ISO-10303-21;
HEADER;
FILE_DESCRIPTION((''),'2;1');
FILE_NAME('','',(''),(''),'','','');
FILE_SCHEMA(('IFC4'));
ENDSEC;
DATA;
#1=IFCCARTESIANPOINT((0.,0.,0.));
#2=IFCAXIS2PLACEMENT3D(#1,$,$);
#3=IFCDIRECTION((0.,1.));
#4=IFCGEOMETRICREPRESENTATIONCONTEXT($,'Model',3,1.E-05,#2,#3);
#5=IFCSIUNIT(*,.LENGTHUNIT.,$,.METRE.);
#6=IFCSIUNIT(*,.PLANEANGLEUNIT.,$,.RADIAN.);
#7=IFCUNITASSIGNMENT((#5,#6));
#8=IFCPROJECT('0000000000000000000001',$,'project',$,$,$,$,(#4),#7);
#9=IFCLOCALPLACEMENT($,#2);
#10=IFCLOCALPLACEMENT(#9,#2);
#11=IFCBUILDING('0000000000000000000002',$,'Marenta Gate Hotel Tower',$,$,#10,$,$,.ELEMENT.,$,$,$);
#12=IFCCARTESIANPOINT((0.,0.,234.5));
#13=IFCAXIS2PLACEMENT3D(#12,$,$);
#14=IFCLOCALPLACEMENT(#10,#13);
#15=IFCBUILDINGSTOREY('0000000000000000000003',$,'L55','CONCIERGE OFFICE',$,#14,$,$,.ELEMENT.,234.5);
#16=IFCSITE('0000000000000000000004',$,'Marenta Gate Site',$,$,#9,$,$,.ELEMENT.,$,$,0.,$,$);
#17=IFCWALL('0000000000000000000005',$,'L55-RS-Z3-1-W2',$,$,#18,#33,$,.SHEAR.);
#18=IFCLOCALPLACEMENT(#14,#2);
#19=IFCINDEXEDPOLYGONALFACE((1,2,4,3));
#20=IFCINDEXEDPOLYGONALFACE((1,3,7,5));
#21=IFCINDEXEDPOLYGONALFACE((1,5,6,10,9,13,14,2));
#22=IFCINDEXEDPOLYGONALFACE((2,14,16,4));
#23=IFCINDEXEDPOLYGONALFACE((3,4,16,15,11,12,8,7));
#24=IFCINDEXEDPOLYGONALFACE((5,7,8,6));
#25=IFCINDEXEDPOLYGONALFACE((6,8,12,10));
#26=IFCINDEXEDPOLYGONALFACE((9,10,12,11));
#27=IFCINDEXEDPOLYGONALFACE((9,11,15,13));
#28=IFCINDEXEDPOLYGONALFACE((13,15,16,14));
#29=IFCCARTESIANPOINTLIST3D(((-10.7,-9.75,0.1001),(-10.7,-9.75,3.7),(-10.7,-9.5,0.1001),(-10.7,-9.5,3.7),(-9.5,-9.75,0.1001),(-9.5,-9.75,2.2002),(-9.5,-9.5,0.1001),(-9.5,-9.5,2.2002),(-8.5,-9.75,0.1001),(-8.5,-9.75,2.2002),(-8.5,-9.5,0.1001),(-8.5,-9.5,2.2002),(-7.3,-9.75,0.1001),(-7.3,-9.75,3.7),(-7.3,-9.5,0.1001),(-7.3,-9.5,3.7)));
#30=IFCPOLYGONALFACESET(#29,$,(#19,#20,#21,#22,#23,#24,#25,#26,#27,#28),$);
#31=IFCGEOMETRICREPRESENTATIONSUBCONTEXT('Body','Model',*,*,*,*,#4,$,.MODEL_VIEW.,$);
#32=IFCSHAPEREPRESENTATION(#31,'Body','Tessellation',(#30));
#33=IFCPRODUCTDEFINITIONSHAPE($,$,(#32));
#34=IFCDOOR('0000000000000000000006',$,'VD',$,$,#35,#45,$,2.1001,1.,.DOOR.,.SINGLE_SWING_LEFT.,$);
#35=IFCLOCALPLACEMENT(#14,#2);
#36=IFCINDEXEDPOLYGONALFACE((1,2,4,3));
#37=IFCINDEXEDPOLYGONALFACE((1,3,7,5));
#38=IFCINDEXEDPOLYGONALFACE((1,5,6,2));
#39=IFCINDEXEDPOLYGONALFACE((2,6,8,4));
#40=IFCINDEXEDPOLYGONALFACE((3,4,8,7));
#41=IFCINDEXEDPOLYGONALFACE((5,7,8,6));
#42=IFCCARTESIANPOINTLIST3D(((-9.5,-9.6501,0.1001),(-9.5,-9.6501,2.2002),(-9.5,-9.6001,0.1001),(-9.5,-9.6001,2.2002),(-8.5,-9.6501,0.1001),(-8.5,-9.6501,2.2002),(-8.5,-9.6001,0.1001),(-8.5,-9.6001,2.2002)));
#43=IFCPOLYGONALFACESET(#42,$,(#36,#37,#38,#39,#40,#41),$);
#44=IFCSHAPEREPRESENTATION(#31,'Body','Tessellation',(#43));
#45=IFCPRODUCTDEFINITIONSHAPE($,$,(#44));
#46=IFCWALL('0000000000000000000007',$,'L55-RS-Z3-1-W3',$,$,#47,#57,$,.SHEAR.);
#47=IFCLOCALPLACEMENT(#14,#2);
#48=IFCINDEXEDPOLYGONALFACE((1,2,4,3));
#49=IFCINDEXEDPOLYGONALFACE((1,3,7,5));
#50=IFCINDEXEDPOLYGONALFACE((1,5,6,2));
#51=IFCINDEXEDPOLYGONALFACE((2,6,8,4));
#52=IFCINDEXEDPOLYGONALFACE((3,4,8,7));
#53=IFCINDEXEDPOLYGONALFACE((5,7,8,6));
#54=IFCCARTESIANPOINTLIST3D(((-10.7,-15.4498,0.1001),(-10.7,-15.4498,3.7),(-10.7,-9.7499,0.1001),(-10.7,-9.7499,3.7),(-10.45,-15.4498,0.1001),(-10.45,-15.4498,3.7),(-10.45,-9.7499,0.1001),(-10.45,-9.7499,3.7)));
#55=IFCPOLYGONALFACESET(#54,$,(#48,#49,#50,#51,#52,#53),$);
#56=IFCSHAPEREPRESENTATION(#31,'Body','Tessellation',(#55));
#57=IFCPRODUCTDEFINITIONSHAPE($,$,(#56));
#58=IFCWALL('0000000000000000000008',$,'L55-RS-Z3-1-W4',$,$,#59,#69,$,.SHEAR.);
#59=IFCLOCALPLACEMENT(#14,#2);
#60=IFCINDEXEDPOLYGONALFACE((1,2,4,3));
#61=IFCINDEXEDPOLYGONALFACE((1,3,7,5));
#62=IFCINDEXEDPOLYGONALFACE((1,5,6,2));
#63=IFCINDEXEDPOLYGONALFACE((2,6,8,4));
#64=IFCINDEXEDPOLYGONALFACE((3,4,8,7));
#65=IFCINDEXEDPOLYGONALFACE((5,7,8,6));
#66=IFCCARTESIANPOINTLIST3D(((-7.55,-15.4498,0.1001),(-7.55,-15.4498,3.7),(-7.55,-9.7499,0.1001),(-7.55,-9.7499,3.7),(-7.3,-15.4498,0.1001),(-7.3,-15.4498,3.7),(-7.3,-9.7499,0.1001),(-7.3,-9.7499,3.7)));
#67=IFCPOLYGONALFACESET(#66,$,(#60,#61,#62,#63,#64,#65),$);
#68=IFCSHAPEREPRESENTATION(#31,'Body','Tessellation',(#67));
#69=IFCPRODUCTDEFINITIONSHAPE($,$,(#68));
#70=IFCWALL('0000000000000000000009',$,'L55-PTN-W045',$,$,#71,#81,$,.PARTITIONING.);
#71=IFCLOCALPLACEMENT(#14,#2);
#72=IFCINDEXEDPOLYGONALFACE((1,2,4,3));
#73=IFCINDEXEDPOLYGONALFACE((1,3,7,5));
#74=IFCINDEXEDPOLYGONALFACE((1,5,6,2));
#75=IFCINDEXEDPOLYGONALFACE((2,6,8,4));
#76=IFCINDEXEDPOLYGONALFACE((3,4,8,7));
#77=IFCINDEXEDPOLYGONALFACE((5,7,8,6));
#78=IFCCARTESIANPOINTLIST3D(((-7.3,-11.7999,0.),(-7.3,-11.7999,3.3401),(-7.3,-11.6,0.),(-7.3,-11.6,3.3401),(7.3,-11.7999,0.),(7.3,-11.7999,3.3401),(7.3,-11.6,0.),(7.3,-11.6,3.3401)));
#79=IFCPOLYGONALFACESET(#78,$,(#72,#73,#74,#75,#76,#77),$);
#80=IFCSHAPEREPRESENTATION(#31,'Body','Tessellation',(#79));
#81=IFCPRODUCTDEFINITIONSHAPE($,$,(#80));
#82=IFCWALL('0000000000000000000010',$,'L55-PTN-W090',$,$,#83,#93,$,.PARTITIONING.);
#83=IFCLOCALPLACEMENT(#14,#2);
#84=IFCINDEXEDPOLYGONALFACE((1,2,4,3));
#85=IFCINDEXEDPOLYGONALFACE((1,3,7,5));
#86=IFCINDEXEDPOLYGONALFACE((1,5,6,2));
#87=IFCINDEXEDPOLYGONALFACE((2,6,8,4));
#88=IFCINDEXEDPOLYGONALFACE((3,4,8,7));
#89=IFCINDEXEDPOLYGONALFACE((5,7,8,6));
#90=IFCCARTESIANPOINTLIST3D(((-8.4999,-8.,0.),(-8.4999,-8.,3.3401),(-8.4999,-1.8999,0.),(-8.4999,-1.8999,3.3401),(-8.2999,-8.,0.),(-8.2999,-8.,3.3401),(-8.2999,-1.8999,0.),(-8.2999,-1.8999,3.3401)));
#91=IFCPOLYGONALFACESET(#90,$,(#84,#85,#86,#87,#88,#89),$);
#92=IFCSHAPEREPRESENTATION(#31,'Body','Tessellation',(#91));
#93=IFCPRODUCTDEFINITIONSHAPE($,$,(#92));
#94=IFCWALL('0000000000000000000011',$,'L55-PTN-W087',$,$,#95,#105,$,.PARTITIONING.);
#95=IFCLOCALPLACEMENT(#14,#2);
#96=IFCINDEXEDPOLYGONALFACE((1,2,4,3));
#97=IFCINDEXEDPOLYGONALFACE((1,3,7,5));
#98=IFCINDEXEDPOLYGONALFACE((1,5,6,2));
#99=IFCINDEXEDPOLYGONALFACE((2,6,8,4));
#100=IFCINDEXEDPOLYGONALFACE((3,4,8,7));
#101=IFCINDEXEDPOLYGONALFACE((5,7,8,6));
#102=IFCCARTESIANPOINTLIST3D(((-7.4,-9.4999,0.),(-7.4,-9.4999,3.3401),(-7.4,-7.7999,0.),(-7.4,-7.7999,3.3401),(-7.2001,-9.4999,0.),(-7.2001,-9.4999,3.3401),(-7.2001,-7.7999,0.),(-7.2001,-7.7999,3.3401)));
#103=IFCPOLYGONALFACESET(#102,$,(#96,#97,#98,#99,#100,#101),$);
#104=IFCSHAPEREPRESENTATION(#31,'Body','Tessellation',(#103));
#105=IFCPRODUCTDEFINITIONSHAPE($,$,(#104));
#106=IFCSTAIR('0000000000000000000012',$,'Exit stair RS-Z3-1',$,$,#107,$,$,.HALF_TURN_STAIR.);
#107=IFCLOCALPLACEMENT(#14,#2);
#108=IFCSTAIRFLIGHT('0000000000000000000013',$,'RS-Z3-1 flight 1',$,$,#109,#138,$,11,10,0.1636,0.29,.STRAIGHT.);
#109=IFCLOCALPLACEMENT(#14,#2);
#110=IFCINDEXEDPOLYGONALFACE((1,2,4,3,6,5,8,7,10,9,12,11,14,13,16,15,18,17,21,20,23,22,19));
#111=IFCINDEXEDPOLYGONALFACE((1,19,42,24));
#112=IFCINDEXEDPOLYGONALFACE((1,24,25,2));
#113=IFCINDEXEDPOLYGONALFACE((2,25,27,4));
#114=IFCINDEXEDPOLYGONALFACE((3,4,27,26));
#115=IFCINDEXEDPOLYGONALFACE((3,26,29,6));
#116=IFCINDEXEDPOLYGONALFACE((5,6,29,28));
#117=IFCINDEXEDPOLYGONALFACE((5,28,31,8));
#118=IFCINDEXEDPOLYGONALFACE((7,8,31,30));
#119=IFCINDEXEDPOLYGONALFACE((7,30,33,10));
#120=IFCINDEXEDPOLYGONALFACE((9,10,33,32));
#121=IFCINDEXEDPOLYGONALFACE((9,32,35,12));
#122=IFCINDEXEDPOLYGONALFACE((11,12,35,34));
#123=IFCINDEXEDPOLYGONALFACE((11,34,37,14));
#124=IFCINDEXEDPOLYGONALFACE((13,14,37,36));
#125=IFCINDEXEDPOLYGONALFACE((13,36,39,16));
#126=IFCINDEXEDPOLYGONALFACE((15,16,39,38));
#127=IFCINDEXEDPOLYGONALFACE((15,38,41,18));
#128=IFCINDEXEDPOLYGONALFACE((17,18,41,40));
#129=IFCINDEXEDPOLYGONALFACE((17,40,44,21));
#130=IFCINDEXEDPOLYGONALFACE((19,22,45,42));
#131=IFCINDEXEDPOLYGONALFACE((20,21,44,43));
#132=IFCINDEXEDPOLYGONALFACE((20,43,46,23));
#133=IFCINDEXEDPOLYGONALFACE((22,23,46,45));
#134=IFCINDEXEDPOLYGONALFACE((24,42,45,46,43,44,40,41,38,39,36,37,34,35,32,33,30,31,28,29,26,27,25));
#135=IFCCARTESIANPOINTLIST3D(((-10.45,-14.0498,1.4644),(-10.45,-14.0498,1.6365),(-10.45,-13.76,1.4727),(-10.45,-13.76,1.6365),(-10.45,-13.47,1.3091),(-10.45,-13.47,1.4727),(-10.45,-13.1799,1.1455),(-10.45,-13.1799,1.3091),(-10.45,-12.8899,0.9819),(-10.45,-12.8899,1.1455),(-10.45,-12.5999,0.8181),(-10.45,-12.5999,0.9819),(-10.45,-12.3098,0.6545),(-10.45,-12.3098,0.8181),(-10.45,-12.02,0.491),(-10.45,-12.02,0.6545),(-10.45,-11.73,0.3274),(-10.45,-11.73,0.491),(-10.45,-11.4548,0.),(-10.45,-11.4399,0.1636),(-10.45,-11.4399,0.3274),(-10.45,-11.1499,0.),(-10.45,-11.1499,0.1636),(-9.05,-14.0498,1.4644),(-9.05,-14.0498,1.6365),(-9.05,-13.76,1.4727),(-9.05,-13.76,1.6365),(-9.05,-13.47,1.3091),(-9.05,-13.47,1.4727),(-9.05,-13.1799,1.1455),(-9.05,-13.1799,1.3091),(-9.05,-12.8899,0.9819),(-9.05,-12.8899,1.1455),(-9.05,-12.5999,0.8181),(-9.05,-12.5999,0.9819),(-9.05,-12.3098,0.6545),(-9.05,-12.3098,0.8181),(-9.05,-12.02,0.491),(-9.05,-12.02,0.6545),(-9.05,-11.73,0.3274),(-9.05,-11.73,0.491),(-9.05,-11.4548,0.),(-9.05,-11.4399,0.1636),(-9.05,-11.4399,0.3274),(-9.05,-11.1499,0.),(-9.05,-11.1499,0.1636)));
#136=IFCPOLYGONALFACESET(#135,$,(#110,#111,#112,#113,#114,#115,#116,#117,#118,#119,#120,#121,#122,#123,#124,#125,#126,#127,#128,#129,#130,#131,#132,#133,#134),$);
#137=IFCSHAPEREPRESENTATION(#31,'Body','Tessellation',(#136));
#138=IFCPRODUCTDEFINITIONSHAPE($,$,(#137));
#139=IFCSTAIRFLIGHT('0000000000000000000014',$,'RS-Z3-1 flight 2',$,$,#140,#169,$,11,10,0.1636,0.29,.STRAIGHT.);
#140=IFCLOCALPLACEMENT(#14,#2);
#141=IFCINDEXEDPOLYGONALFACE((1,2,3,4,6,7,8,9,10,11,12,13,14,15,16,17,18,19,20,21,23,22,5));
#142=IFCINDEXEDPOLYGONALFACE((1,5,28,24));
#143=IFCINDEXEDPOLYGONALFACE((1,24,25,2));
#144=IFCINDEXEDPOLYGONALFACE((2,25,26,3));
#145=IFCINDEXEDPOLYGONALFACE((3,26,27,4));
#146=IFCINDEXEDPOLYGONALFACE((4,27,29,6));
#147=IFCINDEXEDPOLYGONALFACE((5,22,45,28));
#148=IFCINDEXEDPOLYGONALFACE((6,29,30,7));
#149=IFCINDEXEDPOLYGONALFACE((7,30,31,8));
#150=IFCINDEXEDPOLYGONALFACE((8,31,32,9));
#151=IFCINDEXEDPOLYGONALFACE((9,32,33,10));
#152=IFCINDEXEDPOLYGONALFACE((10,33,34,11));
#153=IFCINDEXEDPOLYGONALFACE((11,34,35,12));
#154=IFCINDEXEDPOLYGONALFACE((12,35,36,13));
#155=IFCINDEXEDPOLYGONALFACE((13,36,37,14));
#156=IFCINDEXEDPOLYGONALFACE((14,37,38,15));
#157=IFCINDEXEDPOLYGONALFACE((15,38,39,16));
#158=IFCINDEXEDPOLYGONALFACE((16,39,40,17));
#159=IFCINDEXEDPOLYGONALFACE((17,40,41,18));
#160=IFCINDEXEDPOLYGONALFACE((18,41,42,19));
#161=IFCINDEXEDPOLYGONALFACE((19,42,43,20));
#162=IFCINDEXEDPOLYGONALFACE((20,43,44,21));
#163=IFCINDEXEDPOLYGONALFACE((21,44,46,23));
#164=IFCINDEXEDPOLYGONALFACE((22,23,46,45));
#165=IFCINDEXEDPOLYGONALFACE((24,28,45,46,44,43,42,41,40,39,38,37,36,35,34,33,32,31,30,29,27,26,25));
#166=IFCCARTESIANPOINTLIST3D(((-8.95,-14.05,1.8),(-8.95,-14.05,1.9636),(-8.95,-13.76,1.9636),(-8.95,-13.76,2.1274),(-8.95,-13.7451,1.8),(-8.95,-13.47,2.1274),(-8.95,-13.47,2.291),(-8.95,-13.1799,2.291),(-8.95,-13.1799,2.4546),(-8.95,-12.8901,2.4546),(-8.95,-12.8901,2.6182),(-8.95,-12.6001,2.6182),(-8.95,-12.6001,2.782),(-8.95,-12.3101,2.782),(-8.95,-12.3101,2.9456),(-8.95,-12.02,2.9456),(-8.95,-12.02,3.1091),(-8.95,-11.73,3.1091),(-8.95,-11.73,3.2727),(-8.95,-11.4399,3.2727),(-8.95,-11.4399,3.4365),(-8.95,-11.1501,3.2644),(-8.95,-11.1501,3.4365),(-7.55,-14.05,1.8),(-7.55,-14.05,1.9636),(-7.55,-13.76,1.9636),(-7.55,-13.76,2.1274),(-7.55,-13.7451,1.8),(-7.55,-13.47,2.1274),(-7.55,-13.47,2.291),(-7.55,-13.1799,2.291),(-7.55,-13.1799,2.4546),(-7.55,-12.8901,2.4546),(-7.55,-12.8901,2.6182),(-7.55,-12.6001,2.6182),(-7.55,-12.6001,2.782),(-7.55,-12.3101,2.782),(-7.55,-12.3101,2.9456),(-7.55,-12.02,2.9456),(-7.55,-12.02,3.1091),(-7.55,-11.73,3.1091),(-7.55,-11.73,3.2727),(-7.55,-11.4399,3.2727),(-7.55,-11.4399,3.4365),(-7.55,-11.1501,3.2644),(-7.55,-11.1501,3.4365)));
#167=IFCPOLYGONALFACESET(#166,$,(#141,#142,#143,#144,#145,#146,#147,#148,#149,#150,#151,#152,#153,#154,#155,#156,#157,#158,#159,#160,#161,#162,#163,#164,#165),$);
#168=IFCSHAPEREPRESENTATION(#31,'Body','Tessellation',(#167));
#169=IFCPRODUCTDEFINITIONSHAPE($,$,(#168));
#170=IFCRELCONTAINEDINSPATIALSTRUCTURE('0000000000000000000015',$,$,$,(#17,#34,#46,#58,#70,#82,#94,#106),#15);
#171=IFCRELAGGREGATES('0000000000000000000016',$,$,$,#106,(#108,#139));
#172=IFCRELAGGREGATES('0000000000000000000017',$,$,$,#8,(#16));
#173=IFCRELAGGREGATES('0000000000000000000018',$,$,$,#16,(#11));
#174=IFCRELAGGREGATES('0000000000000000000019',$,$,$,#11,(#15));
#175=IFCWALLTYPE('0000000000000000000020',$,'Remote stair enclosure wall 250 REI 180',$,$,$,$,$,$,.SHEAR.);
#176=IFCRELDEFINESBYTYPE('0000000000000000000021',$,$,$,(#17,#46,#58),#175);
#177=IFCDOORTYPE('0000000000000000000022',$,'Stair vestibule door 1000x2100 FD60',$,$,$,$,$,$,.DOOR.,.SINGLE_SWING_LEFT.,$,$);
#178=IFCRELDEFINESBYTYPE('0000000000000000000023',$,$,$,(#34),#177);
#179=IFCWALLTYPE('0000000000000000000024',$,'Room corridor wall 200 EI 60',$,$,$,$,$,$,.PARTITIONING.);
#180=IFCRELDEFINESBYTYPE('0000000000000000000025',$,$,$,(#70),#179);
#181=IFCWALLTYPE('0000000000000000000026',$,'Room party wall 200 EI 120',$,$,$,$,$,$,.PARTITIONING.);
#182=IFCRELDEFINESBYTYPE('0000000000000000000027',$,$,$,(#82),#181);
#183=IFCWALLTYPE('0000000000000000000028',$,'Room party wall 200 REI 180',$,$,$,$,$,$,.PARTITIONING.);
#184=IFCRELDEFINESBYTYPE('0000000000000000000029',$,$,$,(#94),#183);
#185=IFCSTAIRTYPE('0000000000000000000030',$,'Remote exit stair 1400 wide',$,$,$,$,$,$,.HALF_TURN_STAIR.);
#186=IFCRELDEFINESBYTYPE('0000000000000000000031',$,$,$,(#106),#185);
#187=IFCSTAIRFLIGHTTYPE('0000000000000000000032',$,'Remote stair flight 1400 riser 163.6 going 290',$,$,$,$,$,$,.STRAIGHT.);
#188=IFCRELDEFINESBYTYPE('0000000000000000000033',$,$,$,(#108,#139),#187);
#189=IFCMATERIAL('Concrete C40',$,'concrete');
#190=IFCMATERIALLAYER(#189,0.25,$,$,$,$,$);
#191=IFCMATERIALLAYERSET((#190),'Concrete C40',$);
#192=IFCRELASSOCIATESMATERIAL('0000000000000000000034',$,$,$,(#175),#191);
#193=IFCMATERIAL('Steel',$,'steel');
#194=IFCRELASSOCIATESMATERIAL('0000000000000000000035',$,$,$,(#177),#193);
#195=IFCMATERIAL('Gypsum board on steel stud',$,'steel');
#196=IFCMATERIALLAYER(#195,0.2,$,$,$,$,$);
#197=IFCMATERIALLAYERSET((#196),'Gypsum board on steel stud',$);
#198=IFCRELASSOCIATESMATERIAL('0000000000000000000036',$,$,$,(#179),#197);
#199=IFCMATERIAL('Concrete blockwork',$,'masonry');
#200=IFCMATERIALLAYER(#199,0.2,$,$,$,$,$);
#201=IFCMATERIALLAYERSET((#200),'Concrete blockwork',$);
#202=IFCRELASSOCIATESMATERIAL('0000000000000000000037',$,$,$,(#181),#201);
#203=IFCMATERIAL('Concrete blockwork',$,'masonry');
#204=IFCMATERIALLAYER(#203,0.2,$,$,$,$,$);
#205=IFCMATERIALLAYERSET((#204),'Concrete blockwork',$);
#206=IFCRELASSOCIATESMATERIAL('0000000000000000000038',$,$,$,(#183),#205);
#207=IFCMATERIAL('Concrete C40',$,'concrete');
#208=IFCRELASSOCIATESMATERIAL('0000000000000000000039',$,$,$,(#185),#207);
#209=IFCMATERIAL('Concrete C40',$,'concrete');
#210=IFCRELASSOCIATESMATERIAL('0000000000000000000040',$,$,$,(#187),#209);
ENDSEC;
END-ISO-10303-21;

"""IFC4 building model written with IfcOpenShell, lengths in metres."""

from ifc_helpers import new_model, si_unit, direction, frame, frame_2d, origin, place, context, subcontext, project, spatial, polyline, rectangle, outline, extrude, material, layer, layer_set, type_object, element, fill, aggregate, save


model = new_model("IFC4")

# Units and contexts
model_context = context("Model", 3, precision=1e-05, world=origin(), true_north=direction((0.0, 1.0)))
body_context = subcontext(model_context, "Body", "Model", "MODEL_VIEW")
ifc_project = project(units=[si_unit("LENGTHUNIT", "METRE"), si_unit("PLANEANGLEUNIT", "RADIAN")], contexts=[model_context])

# Site, building, storey
site_placement = place(None, origin())
site = spatial("IfcSite", under=ifc_project, at=site_placement, Name="Marenta Gate Site", CompositionType="ELEMENT", RefElevation=0.0)
building_placement = place(site_placement, origin())
building = spatial("IfcBuilding", under=site, at=building_placement, Name="Marenta Gate Hotel Tower", CompositionType="ELEMENT")
storey_placement = place(building_placement, frame((0.0, 0.0, 234.5)))
storey = spatial("IfcBuildingStorey", under=building, at=storey_placement, Name="L55", Description="CONCIERGE OFFICE", CompositionType="ELEMENT", Elevation=234.5)

# Shared definitions
ifc_material_1 = material(Name="Concrete C40", Category="concrete")
ifc_layer_1 = layer(ifc_material_1, 0.25)
ifc_layer_set_1 = layer_set([ifc_layer_1], Name="Concrete C40")
wall_type_1 = type_object("IfcWallType", Name="Remote stair enclosure wall 250 REI 180", PredefinedType="SHEAR", material=ifc_layer_set_1)

# Wall, opening, door
wall_1_placement = place(storey_placement, frame((-10.7, -9.625, 0.1001), z_axis=(0.0, 0.0, 1.0), x_axis=(1.0, 0.0, 0.0)))
wall_1 = element("IfcWall", 1, at=wall_1_placement, inside=storey, type_object=wall_type_1, Name="L55-RS-Z3-1-W2", PredefinedType="SHEAR", context=body_context, shape_type="SweptSolid", body=[
    extrude(rectangle(XDim=3.3999, YDim=0.25, at=frame_2d((1.7, 0.0))), origin(), (0.0, 0.0, 1.0), 3.5999),
])
opening_1_placement = place(wall_1_placement, frame((1.2, 0.0, 0.0)))
opening_1 = element("IfcOpeningElement", 2, at=opening_1_placement, cuts=wall_1, PredefinedType="OPENING", context=body_context, shape_type="SweptSolid", body=[
    extrude(rectangle(XDim=1.0, YDim=2.1001, at=frame_2d((0.5, 1.05))), frame((0.0, 0.125, 0.0), z_axis=(0.0, -1.0, 0.0), x_axis=(1.0, 0.0, 0.0)), (0.0, 0.0, 1.0), 0.25),
])
ifc_material_2 = material(Name="Steel", Category="steel")
door_type_1 = type_object("IfcDoorType", Name="Stair vestibule door 1000x2100 FD60", OperationType="SINGLE_SWING_LEFT", PredefinedType="DOOR", material=ifc_material_2)
door_1_placement = place(opening_1_placement, origin())
door_1 = element("IfcDoor", 3, at=door_1_placement, inside=storey, type_object=door_type_1, Name="VD", OperationType="SINGLE_SWING_LEFT", OverallHeight=2.1001, OverallWidth=1.0, PredefinedType="DOOR", context=body_context, shape_type="SweptSolid", body=[
    extrude(rectangle(XDim=1.0, YDim=2.1001, at=frame_2d((0.5, 1.05))), frame((0.0, 0.0249, 0.0), z_axis=(0.0, -1.0, 0.0), x_axis=(1.0, 0.0, 0.0)), (0.0, 0.0, 1.0), 0.05),
])
fill(opening_1, door_1)

# Walls
for number, where, z_axis, x_axis, name in (
    (4, (-10.575, -15.45, 0.1001), (0.0, 0.0, 1.0), (0.0, 1.0, 0.0), "L55-RS-Z3-1-W3"),
    (5, (-7.425, -15.45, 0.1001), (0.0, 0.0, 1.0), (0.0, 1.0, 0.0), "L55-RS-Z3-1-W4"),
):
    element("IfcWall", number, at=place(storey_placement, frame(where, z_axis=z_axis, x_axis=x_axis)), inside=storey, type_object=wall_type_1, Name=name, PredefinedType="SHEAR", context=body_context, shape_type="SweptSolid", body=[
        extrude(rectangle(XDim=5.7, YDim=0.25, at=frame_2d((2.8501, 0.0))), origin(), (0.0, 0.0, 1.0), 3.5999),
    ])

# Shared definitions
ifc_material_3 = material(Name="Gypsum board on steel stud", Category="steel")
ifc_layer_2 = layer(ifc_material_3, 0.2)
ifc_layer_set_2 = layer_set([ifc_layer_2], Name="Gypsum board on steel stud")
wall_type_2 = type_object("IfcWallType", Name="Room corridor wall 200 EI 60", PredefinedType="PARTITIONING", material=ifc_layer_set_2)

# Wall
wall_2_placement = place(storey_placement, frame((-7.3, -11.7, 0.0), z_axis=(0.0, 0.0, 1.0), x_axis=(1.0, 0.0, 0.0)))
element("IfcWall", 6, at=wall_2_placement, inside=storey, type_object=wall_type_2, Name="L55-PTN-W045", PredefinedType="PARTITIONING", context=body_context, shape_type="SweptSolid", body=[
    extrude(rectangle(XDim=14.6001, YDim=0.2, at=frame_2d((7.3, 0.0))), origin(), (0.0, 0.0, 1.0), 3.3401),
])

# Walls
ifc_material_4 = material(Name="Concrete blockwork", Category="masonry")
ifc_layer_3 = layer(ifc_material_4, 0.2)
ifc_layer_set_3 = layer_set([ifc_layer_3], Name="Concrete blockwork")
wall_type_3 = type_object("IfcWallType", Name="Room party wall 200 EI 120", PredefinedType="PARTITIONING", material=ifc_layer_set_3)
wall_3_placement = place(storey_placement, frame((-8.3999, -8.0, 0.0), z_axis=(0.0, 0.0, 1.0), x_axis=(0.0, 1.0, 0.0)))
element("IfcWall", 7, at=wall_3_placement, inside=storey, type_object=wall_type_3, Name="L55-PTN-W090", PredefinedType="PARTITIONING", context=body_context, shape_type="SweptSolid", body=[
    extrude(rectangle(XDim=6.1001, YDim=0.2, at=frame_2d((3.05, 0.0))), origin(), (0.0, 0.0, 1.0), 3.3401),
])
ifc_material_5 = material(Name="Concrete blockwork", Category="masonry")
ifc_layer_4 = layer(ifc_material_5, 0.2)
ifc_layer_set_4 = layer_set([ifc_layer_4], Name="Concrete blockwork")
wall_type_4 = type_object("IfcWallType", Name="Room party wall 200 REI 180", PredefinedType="PARTITIONING", material=ifc_layer_set_4)
wall_4_placement = place(storey_placement, frame((-7.3, -9.5, 0.0), z_axis=(0.0, 0.0, 1.0), x_axis=(0.0, 1.0, 0.0)))
element("IfcWall", 8, at=wall_4_placement, inside=storey, type_object=wall_type_4, Name="L55-PTN-W087", PredefinedType="PARTITIONING", context=body_context, shape_type="SweptSolid", body=[
    extrude(rectangle(XDim=1.7, YDim=0.2, at=frame_2d((0.8501, 0.0))), origin(), (0.0, 0.0, 1.0), 3.3401),
])

# Stair, stair flights
ifc_material_6 = material(Name="Concrete C40", Category="concrete")
stair_type = type_object("IfcStairType", Name="Remote exit stair 1400 wide", PredefinedType="HALF_TURN_STAIR", material=ifc_material_6)
stair_placement = place(storey_placement, origin())
stair = element("IfcStair", 9, at=stair_placement, inside=storey, type_object=stair_type, Name="Exit stair RS-Z3-1", PredefinedType="HALF_TURN_STAIR")
ifc_material_7 = material(Name="Concrete C40", Category="concrete")
stair_flight_type = type_object("IfcStairFlightType", Name="Remote stair flight 1400 riser 163.6 going 290", PredefinedType="STRAIGHT", material=ifc_material_7)
stair_flight_1_placement = place(storey_placement, frame((-9.75, -11.1499, 0.0), z_axis=(0.0, 0.0, 1.0), x_axis=(0.0, -1.0, 0.0)))
stair_flight_1 = element("IfcStairFlight", 10, at=stair_flight_1_placement, type_object=stair_flight_type, Name="RS-Z3-1 flight 1", NumberOfRisers=11, NumberOfTreads=10, PredefinedType="STRAIGHT", RiserHeight=0.1636, TreadLength=0.29, context=body_context, shape_type="SweptSolid", body=[
    extrude(outline(polyline([(0.0, 0.0), (0.0, 0.1636), (0.29, 0.1636), (0.29, 0.3274), (0.5801, 0.3274), (0.5801, 0.491), (0.8701, 0.491), (0.8701, 0.6545), (1.1599, 0.6545), (1.1599, 0.8181), (1.45, 0.8181), (1.45, 0.9819), (1.74, 0.9819), (1.74, 1.1455), (2.03, 1.1455), (2.03, 1.3091), (2.3201, 1.3091), (2.3201, 1.4727), (2.6101, 1.4727), (2.6101, 1.6365), (2.8999, 1.6365), (2.8999, 1.8), (2.8999, 1.4644), (0.3049, 0.0), (0.0, 0.0)])), frame((0.0, 0.7, 0.0), z_axis=(0.0, -1.0, 0.0), x_axis=(1.0, 0.0, 0.0)), (0.0, 0.0, 1.0), 1.3999),
])
stair_flight_2_placement = place(storey_placement, frame((-8.25, -14.05, 1.8), z_axis=(0.0, 0.0, 1.0), x_axis=(0.0, 1.0, 0.0)))
stair_flight_2 = element("IfcStairFlight", 11, at=stair_flight_2_placement, type_object=stair_flight_type, Name="RS-Z3-1 flight 2", NumberOfRisers=11, NumberOfTreads=10, PredefinedType="STRAIGHT", RiserHeight=0.1636, TreadLength=0.29, context=body_context, shape_type="SweptSolid", body=[
    extrude(outline(polyline([(0.0, 0.0), (0.0, 0.1636), (0.29, 0.1636), (0.29, 0.3274), (0.5801, 0.3274), (0.5801, 0.491), (0.8701, 0.491), (0.8701, 0.6545), (1.1599, 0.6545), (1.1599, 0.8181), (1.45, 0.8181), (1.45, 0.9819), (1.74, 0.9819), (1.74, 1.1455), (2.03, 1.1455), (2.03, 1.3091), (2.3201, 1.3091), (2.3201, 1.4727), (2.6101, 1.4727), (2.6101, 1.6365), (2.8999, 1.6365), (2.8999, 1.8), (2.8999, 1.4644), (0.3049, 0.0), (0.0, 0.0)])), frame((0.0, 0.7, 0.0), z_axis=(0.0, -1.0, 0.0), x_axis=(1.0, 0.0, 0.0)), (0.0, 0.0, 1.0), 1.3999),
])
aggregate(stair, [stair_flight_1, stair_flight_2])

save(model, "model.ifc")
